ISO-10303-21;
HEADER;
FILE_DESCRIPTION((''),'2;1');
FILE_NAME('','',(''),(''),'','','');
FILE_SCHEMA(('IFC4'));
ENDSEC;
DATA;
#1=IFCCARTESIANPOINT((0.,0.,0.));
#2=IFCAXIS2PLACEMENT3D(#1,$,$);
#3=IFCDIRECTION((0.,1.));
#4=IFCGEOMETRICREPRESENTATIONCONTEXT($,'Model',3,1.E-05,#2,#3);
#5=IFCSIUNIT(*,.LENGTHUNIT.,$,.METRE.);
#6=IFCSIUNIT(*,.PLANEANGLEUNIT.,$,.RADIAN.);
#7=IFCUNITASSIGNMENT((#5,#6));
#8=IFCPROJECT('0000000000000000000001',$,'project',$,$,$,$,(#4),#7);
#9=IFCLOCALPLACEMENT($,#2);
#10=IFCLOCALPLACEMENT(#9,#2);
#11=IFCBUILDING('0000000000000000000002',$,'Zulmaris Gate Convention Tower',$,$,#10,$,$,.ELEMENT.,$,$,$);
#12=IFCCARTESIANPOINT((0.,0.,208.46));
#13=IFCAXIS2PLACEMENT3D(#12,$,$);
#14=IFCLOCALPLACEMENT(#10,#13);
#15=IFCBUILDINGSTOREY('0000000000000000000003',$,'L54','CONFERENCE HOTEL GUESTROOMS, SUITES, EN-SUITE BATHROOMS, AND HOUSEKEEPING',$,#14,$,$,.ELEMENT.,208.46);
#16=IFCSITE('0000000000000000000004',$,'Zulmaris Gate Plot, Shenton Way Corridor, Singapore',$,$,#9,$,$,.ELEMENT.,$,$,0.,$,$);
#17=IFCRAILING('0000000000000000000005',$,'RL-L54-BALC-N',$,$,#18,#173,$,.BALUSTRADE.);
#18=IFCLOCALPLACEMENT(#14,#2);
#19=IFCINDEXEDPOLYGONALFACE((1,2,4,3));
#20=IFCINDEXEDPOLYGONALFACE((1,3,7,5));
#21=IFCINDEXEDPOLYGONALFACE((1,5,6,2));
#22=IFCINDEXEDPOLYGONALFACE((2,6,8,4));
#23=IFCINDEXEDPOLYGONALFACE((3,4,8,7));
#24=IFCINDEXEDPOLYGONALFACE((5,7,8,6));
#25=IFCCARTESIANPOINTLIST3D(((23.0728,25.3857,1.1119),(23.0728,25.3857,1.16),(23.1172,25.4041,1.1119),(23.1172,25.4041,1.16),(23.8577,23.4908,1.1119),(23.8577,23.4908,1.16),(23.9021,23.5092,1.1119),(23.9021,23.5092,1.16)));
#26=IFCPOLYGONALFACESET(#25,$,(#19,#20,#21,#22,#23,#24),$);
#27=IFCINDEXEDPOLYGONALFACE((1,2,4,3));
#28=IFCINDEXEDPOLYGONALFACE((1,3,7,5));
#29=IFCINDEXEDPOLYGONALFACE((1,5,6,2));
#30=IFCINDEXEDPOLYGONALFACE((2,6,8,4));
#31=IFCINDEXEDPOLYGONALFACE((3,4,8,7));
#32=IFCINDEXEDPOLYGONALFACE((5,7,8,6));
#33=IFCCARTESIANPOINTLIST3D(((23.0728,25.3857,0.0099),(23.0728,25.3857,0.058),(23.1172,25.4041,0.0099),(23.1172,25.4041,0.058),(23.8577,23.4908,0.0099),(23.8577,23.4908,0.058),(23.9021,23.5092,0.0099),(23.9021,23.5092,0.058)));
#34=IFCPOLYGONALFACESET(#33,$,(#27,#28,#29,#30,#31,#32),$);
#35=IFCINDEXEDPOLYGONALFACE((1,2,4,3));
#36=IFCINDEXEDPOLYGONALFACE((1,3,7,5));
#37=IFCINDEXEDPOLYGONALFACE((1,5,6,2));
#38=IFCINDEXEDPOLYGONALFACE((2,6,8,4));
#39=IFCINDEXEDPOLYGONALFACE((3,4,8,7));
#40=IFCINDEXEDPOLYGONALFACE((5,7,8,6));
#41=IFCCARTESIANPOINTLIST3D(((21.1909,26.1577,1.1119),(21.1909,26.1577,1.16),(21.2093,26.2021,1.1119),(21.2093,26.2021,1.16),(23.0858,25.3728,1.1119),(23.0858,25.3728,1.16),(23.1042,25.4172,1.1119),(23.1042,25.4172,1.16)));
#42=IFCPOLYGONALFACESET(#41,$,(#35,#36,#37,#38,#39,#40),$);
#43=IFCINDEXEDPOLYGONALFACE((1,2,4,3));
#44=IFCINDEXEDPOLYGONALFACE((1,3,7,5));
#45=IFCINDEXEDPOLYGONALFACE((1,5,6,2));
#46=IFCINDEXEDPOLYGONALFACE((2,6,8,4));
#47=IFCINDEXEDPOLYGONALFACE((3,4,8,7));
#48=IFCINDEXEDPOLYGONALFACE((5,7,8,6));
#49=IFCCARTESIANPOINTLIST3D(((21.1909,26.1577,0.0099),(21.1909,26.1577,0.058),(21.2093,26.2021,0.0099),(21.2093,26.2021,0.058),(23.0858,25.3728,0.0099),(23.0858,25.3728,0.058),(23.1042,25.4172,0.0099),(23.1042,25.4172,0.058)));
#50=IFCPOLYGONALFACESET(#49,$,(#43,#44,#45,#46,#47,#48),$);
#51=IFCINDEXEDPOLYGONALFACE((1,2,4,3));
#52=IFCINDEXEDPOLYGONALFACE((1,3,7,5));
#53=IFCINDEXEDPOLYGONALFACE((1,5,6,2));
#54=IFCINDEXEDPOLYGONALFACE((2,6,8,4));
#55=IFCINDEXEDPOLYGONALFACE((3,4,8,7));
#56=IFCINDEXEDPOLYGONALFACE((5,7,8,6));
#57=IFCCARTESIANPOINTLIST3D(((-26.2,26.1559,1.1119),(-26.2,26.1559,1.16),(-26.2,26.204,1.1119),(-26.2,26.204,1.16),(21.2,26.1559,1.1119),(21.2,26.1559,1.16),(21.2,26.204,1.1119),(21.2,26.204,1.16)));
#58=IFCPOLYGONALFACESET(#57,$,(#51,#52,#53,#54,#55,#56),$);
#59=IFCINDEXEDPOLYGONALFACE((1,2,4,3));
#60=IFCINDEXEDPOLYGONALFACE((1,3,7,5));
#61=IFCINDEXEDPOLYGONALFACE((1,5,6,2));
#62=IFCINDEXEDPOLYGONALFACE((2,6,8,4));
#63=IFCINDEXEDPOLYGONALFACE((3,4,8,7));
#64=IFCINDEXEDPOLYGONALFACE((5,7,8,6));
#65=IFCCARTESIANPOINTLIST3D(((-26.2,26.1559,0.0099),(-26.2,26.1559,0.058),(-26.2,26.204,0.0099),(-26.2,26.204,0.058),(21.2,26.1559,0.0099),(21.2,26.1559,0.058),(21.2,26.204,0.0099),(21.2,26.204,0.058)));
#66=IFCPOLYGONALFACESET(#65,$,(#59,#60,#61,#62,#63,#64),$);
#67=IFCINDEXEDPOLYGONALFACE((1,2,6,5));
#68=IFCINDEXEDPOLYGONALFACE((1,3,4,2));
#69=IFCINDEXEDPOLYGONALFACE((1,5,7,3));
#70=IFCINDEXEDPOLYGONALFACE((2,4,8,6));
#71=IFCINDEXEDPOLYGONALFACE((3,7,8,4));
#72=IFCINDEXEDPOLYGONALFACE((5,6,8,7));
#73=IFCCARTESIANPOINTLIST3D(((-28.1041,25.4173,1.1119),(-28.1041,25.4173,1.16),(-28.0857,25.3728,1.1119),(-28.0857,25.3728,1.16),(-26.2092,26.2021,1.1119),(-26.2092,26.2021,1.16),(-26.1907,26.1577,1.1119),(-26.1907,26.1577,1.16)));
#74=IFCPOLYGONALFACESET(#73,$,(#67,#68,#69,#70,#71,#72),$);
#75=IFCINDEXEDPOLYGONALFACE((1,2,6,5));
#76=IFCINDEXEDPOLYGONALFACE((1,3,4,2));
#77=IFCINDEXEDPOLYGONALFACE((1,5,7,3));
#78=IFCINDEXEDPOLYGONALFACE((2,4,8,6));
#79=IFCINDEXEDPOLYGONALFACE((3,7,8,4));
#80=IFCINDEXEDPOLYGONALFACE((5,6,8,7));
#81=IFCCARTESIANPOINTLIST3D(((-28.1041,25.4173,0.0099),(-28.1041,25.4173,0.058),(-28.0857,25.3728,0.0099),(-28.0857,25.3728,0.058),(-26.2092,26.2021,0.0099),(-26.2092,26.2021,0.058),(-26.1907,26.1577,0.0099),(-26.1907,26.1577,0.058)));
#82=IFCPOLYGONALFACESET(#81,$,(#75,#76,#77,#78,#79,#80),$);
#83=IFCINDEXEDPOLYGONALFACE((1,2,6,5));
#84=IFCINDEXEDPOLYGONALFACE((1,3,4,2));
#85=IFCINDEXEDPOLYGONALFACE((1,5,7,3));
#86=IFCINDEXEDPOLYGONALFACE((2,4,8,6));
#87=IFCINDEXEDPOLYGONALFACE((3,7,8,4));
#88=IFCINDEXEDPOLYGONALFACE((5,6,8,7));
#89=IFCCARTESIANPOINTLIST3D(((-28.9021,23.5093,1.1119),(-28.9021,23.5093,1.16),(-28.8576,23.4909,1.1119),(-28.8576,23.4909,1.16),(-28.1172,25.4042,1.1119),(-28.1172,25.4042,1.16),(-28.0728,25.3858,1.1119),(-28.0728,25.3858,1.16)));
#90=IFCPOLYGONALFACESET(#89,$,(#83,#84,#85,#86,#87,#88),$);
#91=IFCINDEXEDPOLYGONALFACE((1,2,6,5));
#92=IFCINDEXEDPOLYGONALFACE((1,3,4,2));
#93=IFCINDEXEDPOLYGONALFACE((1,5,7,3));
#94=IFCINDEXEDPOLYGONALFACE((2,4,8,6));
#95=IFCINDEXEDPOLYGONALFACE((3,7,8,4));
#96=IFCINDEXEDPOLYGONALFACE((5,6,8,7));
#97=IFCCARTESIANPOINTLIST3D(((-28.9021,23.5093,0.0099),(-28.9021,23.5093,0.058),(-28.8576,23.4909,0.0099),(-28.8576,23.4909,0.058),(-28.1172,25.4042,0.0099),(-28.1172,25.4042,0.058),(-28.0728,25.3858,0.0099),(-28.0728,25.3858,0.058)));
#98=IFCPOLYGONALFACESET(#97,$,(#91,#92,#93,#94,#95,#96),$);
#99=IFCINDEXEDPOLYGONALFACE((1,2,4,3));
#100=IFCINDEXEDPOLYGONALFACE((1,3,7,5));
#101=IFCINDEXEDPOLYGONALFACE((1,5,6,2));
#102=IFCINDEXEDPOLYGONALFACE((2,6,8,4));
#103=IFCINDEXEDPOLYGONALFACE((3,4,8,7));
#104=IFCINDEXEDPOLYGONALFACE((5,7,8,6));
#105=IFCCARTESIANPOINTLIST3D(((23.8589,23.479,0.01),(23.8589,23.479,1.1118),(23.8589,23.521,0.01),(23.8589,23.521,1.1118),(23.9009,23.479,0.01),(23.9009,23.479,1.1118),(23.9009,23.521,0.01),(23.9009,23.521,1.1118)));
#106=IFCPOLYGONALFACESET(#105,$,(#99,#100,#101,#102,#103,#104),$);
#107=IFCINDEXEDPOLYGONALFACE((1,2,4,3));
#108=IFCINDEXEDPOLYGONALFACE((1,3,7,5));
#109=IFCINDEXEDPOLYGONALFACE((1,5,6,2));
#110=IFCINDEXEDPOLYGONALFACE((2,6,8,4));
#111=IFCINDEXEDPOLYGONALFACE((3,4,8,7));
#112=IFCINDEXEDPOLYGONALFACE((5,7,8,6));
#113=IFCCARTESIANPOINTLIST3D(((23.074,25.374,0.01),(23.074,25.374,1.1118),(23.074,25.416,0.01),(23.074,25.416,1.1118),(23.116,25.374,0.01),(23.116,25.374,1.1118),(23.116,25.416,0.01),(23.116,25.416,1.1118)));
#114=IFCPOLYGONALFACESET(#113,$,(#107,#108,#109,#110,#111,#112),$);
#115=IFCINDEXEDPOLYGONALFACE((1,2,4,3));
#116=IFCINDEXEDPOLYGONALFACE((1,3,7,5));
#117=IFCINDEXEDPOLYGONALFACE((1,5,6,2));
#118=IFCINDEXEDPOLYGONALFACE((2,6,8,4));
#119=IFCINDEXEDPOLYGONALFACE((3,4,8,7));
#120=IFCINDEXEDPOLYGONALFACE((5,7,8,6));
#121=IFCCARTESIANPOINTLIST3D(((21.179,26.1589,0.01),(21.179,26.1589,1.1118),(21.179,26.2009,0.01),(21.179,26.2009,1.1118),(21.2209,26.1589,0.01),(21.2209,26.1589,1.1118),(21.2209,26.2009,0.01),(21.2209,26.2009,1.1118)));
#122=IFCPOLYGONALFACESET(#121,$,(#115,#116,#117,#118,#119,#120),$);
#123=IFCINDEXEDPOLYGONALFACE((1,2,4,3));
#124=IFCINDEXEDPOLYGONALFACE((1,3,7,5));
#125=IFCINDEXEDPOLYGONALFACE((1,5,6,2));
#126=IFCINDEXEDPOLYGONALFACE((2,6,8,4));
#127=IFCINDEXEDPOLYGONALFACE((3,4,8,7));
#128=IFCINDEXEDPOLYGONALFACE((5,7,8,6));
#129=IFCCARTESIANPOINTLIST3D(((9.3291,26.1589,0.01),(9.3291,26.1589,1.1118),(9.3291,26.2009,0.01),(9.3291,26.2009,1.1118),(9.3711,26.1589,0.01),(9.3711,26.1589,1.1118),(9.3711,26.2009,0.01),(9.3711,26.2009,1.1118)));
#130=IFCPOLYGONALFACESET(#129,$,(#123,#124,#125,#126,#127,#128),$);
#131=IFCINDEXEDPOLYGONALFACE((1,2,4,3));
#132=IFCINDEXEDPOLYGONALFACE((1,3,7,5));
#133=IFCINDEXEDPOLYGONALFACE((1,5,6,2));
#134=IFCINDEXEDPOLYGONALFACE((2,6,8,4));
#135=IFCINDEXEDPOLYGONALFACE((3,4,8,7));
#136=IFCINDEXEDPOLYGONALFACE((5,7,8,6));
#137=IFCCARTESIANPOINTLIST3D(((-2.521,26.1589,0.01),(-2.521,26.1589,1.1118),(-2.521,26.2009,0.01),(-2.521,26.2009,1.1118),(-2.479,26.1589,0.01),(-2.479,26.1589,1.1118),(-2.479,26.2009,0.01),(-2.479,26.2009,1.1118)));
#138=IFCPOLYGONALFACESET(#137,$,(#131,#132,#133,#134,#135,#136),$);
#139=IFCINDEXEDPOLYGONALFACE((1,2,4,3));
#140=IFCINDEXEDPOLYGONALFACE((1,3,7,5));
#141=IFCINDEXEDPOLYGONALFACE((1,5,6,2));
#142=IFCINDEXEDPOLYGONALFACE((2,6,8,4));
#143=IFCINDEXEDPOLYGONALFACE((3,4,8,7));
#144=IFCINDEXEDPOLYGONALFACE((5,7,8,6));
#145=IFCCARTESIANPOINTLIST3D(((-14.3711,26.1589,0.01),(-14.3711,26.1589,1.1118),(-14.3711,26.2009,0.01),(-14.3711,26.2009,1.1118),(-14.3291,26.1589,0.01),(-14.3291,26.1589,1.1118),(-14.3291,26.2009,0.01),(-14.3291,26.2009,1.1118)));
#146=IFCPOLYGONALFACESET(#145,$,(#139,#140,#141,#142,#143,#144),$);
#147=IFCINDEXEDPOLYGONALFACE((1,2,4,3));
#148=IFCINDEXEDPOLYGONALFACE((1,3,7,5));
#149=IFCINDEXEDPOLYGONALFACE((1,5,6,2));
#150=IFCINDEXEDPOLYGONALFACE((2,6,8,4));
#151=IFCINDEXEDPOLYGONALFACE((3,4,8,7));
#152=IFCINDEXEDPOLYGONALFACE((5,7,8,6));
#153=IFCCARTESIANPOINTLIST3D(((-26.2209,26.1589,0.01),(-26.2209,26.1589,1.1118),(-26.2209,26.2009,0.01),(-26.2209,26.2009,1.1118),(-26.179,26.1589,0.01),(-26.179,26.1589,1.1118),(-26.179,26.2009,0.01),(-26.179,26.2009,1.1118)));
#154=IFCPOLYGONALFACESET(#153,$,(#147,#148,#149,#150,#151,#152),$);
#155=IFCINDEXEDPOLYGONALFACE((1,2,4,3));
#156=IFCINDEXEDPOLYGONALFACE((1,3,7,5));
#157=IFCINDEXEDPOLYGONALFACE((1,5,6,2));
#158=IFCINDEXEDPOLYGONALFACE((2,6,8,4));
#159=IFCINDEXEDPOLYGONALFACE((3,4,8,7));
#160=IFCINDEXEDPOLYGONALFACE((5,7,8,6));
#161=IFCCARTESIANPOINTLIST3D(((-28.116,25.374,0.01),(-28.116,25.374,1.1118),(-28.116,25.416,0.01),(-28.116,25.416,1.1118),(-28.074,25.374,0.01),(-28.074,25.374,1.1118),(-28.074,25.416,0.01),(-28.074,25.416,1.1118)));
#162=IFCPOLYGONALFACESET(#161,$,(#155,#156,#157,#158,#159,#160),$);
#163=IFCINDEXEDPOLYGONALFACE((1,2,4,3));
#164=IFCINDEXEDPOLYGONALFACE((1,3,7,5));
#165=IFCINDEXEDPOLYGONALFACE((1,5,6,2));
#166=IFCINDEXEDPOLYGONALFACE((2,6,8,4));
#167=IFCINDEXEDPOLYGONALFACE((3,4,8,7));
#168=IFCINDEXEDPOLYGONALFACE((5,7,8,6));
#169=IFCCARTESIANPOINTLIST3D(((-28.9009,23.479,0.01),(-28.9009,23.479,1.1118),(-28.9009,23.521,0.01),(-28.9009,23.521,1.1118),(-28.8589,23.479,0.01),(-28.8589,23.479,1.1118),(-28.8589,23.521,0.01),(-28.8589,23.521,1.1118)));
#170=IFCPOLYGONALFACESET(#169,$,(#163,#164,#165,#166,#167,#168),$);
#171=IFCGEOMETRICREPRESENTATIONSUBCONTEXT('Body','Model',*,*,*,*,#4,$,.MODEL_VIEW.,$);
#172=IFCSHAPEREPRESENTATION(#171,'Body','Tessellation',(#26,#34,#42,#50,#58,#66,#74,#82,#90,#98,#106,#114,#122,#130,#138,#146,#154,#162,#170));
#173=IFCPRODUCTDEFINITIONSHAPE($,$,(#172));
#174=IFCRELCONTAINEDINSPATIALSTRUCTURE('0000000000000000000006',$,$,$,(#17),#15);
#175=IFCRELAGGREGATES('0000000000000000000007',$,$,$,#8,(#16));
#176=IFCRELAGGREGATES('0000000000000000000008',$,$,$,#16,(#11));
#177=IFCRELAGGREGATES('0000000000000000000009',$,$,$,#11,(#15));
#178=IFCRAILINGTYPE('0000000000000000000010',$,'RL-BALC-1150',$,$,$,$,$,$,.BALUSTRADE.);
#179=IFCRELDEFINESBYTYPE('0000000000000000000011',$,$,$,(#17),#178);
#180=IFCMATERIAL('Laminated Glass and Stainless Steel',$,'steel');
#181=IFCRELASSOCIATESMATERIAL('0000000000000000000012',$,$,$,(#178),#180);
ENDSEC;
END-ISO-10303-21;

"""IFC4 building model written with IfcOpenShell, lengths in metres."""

from ifc_helpers import new_model, si_unit, direction, frame, origin, origin_2d, place, context, subcontext, project, spatial, rectangle, extrude, material, type_object, element, save


model = new_model("IFC4")

# Units and contexts
model_context = context("Model", 3, precision=1e-05, world=origin(), true_north=direction((0.0, 1.0)))
body_context = subcontext(model_context, "Body", "Model", "MODEL_VIEW")
ifc_project = project(units=[si_unit("LENGTHUNIT", "METRE"), si_unit("PLANEANGLEUNIT", "RADIAN")], contexts=[model_context])

# Site, building, storey
site_placement = place(None, origin())
site = spatial("IfcSite", under=ifc_project, at=site_placement, Name="Zulmaris Gate Plot, Shenton Way Corridor, Singapore", CompositionType="ELEMENT", RefElevation=0.0)
building_placement = place(site_placement, origin())
building = spatial("IfcBuilding", under=site, at=building_placement, Name="Zulmaris Gate Convention Tower", CompositionType="ELEMENT")
storey_placement = place(building_placement, frame((0.0, 0.0, 208.46)))
storey = spatial("IfcBuildingStorey", under=building, at=storey_placement, Name="L54", Description="CONFERENCE HOTEL GUESTROOMS, SUITES, EN-SUITE BATHROOMS, AND HOUSEKEEPING", CompositionType="ELEMENT", Elevation=208.46)

# Railing
ifc_material_1 = material(Name="Laminated Glass and Stainless Steel", Category="steel")
railing_type = type_object("IfcRailingType", Name="RL-BALC-1150", PredefinedType="BALUSTRADE", material=ifc_material_1)
railing_placement = place(storey_placement, frame((23.8799, 23.5, 0.01)))
element("IfcRailing", 1, at=railing_placement, inside=storey, type_object=railing_type, Name="RL-L54-BALC-N", PredefinedType="BALUSTRADE", context=body_context, shape_type="SweptSolid", body=[
    extrude(rectangle(XDim=0.0481, YDim=0.0481, at=origin_2d()), frame((0.0, 0.0, 1.126), z_axis=(-0.382671, 0.923885, 0.0), x_axis=(-0.923885, -0.382671, 0.0)), (0.0, 0.0, 1.0), 2.051),
    extrude(rectangle(XDim=0.0481, YDim=0.0481, at=origin_2d()), frame((0.0, 0.0, 0.0239), z_axis=(-0.382671, 0.923885, 0.0), x_axis=(-0.923885, -0.382671, 0.0)), (0.0, 0.0, 1.0), 2.051),
    extrude(rectangle(XDim=0.0481, YDim=0.0481, at=origin_2d()), frame((-0.7849, 1.895, 1.126), z_axis=(-0.923885, 0.382671, 0.0), x_axis=(-0.382671, -0.923885, 0.0)), (0.0, 0.0, 1.0), 2.051),
    extrude(rectangle(XDim=0.0481, YDim=0.0481, at=origin_2d()), frame((-0.7849, 1.895, 0.0239), z_axis=(-0.923885, 0.382671, 0.0), x_axis=(-0.382671, -0.923885, 0.0)), (0.0, 0.0, 1.0), 2.051),
    extrude(rectangle(XDim=0.0481, YDim=0.0481, at=origin_2d()), frame((-2.6799, 2.6799, 1.126), z_axis=(-1.0, 0.0, 0.0), x_axis=(0.0, -1.0, 0.0)), (0.0, 0.0, 1.0), 47.3999),
    extrude(rectangle(XDim=0.0481, YDim=0.0481, at=origin_2d()), frame((-2.6799, 2.6799, 0.0239), z_axis=(-1.0, 0.0, 0.0), x_axis=(0.0, -1.0, 0.0)), (0.0, 0.0, 1.0), 47.3999),
    extrude(rectangle(XDim=0.0481, YDim=0.0481, at=origin_2d()), frame((-50.0798, 2.6799, 1.126), z_axis=(-0.923885, -0.382671, 0.0), x_axis=(0.382671, -0.923885, 0.0)), (0.0, 0.0, 1.0), 2.051),
    extrude(rectangle(XDim=0.0481, YDim=0.0481, at=origin_2d()), frame((-50.0798, 2.6799, 0.0239), z_axis=(-0.923885, -0.382671, 0.0), x_axis=(0.382671, -0.923885, 0.0)), (0.0, 0.0, 1.0), 2.051),
    extrude(rectangle(XDim=0.0481, YDim=0.0481, at=origin_2d()), frame((-51.9749, 1.895, 1.126), z_axis=(-0.382671, -0.923885, 0.0), x_axis=(0.923885, -0.382671, 0.0)), (0.0, 0.0, 1.0), 2.051),
    extrude(rectangle(XDim=0.0481, YDim=0.0481, at=origin_2d()), frame((-51.9749, 1.895, 0.0239), z_axis=(-0.382671, -0.923885, 0.0), x_axis=(0.923885, -0.382671, 0.0)), (0.0, 0.0, 1.0), 2.051),
    extrude(rectangle(XDim=0.042, YDim=0.042, at=origin_2d()), origin(), (0.0, 0.0, 1.0), 1.1018),
    extrude(rectangle(XDim=0.042, YDim=0.042, at=origin_2d()), frame((-0.7849, 1.895, 0.0)), (0.0, 0.0, 1.0), 1.1018),
    extrude(rectangle(XDim=0.042, YDim=0.042, at=origin_2d()), frame((-2.6799, 2.6799, 0.0)), (0.0, 0.0, 1.0), 1.1018),
    extrude(rectangle(XDim=0.042, YDim=0.042, at=origin_2d()), frame((-14.5298, 2.6799, 0.0)), (0.0, 0.0, 1.0), 1.1018),
    extrude(rectangle(XDim=0.042, YDim=0.042, at=origin_2d()), frame((-26.3799, 2.6799, 0.0)), (0.0, 0.0, 1.0), 1.1018),
    extrude(rectangle(XDim=0.042, YDim=0.042, at=origin_2d()), frame((-38.23, 2.6799, 0.0)), (0.0, 0.0, 1.0), 1.1018),
    extrude(rectangle(XDim=0.042, YDim=0.042, at=origin_2d()), frame((-50.0798, 2.6799, 0.0)), (0.0, 0.0, 1.0), 1.1018),
    extrude(rectangle(XDim=0.042, YDim=0.042, at=origin_2d()), frame((-51.9749, 1.895, 0.0)), (0.0, 0.0, 1.0), 1.1018),
    extrude(rectangle(XDim=0.042, YDim=0.042, at=origin_2d()), frame((-52.7598, 0.0, 0.0)), (0.0, 0.0, 1.0), 1.1018),
])

save(model, "model.ifc")
